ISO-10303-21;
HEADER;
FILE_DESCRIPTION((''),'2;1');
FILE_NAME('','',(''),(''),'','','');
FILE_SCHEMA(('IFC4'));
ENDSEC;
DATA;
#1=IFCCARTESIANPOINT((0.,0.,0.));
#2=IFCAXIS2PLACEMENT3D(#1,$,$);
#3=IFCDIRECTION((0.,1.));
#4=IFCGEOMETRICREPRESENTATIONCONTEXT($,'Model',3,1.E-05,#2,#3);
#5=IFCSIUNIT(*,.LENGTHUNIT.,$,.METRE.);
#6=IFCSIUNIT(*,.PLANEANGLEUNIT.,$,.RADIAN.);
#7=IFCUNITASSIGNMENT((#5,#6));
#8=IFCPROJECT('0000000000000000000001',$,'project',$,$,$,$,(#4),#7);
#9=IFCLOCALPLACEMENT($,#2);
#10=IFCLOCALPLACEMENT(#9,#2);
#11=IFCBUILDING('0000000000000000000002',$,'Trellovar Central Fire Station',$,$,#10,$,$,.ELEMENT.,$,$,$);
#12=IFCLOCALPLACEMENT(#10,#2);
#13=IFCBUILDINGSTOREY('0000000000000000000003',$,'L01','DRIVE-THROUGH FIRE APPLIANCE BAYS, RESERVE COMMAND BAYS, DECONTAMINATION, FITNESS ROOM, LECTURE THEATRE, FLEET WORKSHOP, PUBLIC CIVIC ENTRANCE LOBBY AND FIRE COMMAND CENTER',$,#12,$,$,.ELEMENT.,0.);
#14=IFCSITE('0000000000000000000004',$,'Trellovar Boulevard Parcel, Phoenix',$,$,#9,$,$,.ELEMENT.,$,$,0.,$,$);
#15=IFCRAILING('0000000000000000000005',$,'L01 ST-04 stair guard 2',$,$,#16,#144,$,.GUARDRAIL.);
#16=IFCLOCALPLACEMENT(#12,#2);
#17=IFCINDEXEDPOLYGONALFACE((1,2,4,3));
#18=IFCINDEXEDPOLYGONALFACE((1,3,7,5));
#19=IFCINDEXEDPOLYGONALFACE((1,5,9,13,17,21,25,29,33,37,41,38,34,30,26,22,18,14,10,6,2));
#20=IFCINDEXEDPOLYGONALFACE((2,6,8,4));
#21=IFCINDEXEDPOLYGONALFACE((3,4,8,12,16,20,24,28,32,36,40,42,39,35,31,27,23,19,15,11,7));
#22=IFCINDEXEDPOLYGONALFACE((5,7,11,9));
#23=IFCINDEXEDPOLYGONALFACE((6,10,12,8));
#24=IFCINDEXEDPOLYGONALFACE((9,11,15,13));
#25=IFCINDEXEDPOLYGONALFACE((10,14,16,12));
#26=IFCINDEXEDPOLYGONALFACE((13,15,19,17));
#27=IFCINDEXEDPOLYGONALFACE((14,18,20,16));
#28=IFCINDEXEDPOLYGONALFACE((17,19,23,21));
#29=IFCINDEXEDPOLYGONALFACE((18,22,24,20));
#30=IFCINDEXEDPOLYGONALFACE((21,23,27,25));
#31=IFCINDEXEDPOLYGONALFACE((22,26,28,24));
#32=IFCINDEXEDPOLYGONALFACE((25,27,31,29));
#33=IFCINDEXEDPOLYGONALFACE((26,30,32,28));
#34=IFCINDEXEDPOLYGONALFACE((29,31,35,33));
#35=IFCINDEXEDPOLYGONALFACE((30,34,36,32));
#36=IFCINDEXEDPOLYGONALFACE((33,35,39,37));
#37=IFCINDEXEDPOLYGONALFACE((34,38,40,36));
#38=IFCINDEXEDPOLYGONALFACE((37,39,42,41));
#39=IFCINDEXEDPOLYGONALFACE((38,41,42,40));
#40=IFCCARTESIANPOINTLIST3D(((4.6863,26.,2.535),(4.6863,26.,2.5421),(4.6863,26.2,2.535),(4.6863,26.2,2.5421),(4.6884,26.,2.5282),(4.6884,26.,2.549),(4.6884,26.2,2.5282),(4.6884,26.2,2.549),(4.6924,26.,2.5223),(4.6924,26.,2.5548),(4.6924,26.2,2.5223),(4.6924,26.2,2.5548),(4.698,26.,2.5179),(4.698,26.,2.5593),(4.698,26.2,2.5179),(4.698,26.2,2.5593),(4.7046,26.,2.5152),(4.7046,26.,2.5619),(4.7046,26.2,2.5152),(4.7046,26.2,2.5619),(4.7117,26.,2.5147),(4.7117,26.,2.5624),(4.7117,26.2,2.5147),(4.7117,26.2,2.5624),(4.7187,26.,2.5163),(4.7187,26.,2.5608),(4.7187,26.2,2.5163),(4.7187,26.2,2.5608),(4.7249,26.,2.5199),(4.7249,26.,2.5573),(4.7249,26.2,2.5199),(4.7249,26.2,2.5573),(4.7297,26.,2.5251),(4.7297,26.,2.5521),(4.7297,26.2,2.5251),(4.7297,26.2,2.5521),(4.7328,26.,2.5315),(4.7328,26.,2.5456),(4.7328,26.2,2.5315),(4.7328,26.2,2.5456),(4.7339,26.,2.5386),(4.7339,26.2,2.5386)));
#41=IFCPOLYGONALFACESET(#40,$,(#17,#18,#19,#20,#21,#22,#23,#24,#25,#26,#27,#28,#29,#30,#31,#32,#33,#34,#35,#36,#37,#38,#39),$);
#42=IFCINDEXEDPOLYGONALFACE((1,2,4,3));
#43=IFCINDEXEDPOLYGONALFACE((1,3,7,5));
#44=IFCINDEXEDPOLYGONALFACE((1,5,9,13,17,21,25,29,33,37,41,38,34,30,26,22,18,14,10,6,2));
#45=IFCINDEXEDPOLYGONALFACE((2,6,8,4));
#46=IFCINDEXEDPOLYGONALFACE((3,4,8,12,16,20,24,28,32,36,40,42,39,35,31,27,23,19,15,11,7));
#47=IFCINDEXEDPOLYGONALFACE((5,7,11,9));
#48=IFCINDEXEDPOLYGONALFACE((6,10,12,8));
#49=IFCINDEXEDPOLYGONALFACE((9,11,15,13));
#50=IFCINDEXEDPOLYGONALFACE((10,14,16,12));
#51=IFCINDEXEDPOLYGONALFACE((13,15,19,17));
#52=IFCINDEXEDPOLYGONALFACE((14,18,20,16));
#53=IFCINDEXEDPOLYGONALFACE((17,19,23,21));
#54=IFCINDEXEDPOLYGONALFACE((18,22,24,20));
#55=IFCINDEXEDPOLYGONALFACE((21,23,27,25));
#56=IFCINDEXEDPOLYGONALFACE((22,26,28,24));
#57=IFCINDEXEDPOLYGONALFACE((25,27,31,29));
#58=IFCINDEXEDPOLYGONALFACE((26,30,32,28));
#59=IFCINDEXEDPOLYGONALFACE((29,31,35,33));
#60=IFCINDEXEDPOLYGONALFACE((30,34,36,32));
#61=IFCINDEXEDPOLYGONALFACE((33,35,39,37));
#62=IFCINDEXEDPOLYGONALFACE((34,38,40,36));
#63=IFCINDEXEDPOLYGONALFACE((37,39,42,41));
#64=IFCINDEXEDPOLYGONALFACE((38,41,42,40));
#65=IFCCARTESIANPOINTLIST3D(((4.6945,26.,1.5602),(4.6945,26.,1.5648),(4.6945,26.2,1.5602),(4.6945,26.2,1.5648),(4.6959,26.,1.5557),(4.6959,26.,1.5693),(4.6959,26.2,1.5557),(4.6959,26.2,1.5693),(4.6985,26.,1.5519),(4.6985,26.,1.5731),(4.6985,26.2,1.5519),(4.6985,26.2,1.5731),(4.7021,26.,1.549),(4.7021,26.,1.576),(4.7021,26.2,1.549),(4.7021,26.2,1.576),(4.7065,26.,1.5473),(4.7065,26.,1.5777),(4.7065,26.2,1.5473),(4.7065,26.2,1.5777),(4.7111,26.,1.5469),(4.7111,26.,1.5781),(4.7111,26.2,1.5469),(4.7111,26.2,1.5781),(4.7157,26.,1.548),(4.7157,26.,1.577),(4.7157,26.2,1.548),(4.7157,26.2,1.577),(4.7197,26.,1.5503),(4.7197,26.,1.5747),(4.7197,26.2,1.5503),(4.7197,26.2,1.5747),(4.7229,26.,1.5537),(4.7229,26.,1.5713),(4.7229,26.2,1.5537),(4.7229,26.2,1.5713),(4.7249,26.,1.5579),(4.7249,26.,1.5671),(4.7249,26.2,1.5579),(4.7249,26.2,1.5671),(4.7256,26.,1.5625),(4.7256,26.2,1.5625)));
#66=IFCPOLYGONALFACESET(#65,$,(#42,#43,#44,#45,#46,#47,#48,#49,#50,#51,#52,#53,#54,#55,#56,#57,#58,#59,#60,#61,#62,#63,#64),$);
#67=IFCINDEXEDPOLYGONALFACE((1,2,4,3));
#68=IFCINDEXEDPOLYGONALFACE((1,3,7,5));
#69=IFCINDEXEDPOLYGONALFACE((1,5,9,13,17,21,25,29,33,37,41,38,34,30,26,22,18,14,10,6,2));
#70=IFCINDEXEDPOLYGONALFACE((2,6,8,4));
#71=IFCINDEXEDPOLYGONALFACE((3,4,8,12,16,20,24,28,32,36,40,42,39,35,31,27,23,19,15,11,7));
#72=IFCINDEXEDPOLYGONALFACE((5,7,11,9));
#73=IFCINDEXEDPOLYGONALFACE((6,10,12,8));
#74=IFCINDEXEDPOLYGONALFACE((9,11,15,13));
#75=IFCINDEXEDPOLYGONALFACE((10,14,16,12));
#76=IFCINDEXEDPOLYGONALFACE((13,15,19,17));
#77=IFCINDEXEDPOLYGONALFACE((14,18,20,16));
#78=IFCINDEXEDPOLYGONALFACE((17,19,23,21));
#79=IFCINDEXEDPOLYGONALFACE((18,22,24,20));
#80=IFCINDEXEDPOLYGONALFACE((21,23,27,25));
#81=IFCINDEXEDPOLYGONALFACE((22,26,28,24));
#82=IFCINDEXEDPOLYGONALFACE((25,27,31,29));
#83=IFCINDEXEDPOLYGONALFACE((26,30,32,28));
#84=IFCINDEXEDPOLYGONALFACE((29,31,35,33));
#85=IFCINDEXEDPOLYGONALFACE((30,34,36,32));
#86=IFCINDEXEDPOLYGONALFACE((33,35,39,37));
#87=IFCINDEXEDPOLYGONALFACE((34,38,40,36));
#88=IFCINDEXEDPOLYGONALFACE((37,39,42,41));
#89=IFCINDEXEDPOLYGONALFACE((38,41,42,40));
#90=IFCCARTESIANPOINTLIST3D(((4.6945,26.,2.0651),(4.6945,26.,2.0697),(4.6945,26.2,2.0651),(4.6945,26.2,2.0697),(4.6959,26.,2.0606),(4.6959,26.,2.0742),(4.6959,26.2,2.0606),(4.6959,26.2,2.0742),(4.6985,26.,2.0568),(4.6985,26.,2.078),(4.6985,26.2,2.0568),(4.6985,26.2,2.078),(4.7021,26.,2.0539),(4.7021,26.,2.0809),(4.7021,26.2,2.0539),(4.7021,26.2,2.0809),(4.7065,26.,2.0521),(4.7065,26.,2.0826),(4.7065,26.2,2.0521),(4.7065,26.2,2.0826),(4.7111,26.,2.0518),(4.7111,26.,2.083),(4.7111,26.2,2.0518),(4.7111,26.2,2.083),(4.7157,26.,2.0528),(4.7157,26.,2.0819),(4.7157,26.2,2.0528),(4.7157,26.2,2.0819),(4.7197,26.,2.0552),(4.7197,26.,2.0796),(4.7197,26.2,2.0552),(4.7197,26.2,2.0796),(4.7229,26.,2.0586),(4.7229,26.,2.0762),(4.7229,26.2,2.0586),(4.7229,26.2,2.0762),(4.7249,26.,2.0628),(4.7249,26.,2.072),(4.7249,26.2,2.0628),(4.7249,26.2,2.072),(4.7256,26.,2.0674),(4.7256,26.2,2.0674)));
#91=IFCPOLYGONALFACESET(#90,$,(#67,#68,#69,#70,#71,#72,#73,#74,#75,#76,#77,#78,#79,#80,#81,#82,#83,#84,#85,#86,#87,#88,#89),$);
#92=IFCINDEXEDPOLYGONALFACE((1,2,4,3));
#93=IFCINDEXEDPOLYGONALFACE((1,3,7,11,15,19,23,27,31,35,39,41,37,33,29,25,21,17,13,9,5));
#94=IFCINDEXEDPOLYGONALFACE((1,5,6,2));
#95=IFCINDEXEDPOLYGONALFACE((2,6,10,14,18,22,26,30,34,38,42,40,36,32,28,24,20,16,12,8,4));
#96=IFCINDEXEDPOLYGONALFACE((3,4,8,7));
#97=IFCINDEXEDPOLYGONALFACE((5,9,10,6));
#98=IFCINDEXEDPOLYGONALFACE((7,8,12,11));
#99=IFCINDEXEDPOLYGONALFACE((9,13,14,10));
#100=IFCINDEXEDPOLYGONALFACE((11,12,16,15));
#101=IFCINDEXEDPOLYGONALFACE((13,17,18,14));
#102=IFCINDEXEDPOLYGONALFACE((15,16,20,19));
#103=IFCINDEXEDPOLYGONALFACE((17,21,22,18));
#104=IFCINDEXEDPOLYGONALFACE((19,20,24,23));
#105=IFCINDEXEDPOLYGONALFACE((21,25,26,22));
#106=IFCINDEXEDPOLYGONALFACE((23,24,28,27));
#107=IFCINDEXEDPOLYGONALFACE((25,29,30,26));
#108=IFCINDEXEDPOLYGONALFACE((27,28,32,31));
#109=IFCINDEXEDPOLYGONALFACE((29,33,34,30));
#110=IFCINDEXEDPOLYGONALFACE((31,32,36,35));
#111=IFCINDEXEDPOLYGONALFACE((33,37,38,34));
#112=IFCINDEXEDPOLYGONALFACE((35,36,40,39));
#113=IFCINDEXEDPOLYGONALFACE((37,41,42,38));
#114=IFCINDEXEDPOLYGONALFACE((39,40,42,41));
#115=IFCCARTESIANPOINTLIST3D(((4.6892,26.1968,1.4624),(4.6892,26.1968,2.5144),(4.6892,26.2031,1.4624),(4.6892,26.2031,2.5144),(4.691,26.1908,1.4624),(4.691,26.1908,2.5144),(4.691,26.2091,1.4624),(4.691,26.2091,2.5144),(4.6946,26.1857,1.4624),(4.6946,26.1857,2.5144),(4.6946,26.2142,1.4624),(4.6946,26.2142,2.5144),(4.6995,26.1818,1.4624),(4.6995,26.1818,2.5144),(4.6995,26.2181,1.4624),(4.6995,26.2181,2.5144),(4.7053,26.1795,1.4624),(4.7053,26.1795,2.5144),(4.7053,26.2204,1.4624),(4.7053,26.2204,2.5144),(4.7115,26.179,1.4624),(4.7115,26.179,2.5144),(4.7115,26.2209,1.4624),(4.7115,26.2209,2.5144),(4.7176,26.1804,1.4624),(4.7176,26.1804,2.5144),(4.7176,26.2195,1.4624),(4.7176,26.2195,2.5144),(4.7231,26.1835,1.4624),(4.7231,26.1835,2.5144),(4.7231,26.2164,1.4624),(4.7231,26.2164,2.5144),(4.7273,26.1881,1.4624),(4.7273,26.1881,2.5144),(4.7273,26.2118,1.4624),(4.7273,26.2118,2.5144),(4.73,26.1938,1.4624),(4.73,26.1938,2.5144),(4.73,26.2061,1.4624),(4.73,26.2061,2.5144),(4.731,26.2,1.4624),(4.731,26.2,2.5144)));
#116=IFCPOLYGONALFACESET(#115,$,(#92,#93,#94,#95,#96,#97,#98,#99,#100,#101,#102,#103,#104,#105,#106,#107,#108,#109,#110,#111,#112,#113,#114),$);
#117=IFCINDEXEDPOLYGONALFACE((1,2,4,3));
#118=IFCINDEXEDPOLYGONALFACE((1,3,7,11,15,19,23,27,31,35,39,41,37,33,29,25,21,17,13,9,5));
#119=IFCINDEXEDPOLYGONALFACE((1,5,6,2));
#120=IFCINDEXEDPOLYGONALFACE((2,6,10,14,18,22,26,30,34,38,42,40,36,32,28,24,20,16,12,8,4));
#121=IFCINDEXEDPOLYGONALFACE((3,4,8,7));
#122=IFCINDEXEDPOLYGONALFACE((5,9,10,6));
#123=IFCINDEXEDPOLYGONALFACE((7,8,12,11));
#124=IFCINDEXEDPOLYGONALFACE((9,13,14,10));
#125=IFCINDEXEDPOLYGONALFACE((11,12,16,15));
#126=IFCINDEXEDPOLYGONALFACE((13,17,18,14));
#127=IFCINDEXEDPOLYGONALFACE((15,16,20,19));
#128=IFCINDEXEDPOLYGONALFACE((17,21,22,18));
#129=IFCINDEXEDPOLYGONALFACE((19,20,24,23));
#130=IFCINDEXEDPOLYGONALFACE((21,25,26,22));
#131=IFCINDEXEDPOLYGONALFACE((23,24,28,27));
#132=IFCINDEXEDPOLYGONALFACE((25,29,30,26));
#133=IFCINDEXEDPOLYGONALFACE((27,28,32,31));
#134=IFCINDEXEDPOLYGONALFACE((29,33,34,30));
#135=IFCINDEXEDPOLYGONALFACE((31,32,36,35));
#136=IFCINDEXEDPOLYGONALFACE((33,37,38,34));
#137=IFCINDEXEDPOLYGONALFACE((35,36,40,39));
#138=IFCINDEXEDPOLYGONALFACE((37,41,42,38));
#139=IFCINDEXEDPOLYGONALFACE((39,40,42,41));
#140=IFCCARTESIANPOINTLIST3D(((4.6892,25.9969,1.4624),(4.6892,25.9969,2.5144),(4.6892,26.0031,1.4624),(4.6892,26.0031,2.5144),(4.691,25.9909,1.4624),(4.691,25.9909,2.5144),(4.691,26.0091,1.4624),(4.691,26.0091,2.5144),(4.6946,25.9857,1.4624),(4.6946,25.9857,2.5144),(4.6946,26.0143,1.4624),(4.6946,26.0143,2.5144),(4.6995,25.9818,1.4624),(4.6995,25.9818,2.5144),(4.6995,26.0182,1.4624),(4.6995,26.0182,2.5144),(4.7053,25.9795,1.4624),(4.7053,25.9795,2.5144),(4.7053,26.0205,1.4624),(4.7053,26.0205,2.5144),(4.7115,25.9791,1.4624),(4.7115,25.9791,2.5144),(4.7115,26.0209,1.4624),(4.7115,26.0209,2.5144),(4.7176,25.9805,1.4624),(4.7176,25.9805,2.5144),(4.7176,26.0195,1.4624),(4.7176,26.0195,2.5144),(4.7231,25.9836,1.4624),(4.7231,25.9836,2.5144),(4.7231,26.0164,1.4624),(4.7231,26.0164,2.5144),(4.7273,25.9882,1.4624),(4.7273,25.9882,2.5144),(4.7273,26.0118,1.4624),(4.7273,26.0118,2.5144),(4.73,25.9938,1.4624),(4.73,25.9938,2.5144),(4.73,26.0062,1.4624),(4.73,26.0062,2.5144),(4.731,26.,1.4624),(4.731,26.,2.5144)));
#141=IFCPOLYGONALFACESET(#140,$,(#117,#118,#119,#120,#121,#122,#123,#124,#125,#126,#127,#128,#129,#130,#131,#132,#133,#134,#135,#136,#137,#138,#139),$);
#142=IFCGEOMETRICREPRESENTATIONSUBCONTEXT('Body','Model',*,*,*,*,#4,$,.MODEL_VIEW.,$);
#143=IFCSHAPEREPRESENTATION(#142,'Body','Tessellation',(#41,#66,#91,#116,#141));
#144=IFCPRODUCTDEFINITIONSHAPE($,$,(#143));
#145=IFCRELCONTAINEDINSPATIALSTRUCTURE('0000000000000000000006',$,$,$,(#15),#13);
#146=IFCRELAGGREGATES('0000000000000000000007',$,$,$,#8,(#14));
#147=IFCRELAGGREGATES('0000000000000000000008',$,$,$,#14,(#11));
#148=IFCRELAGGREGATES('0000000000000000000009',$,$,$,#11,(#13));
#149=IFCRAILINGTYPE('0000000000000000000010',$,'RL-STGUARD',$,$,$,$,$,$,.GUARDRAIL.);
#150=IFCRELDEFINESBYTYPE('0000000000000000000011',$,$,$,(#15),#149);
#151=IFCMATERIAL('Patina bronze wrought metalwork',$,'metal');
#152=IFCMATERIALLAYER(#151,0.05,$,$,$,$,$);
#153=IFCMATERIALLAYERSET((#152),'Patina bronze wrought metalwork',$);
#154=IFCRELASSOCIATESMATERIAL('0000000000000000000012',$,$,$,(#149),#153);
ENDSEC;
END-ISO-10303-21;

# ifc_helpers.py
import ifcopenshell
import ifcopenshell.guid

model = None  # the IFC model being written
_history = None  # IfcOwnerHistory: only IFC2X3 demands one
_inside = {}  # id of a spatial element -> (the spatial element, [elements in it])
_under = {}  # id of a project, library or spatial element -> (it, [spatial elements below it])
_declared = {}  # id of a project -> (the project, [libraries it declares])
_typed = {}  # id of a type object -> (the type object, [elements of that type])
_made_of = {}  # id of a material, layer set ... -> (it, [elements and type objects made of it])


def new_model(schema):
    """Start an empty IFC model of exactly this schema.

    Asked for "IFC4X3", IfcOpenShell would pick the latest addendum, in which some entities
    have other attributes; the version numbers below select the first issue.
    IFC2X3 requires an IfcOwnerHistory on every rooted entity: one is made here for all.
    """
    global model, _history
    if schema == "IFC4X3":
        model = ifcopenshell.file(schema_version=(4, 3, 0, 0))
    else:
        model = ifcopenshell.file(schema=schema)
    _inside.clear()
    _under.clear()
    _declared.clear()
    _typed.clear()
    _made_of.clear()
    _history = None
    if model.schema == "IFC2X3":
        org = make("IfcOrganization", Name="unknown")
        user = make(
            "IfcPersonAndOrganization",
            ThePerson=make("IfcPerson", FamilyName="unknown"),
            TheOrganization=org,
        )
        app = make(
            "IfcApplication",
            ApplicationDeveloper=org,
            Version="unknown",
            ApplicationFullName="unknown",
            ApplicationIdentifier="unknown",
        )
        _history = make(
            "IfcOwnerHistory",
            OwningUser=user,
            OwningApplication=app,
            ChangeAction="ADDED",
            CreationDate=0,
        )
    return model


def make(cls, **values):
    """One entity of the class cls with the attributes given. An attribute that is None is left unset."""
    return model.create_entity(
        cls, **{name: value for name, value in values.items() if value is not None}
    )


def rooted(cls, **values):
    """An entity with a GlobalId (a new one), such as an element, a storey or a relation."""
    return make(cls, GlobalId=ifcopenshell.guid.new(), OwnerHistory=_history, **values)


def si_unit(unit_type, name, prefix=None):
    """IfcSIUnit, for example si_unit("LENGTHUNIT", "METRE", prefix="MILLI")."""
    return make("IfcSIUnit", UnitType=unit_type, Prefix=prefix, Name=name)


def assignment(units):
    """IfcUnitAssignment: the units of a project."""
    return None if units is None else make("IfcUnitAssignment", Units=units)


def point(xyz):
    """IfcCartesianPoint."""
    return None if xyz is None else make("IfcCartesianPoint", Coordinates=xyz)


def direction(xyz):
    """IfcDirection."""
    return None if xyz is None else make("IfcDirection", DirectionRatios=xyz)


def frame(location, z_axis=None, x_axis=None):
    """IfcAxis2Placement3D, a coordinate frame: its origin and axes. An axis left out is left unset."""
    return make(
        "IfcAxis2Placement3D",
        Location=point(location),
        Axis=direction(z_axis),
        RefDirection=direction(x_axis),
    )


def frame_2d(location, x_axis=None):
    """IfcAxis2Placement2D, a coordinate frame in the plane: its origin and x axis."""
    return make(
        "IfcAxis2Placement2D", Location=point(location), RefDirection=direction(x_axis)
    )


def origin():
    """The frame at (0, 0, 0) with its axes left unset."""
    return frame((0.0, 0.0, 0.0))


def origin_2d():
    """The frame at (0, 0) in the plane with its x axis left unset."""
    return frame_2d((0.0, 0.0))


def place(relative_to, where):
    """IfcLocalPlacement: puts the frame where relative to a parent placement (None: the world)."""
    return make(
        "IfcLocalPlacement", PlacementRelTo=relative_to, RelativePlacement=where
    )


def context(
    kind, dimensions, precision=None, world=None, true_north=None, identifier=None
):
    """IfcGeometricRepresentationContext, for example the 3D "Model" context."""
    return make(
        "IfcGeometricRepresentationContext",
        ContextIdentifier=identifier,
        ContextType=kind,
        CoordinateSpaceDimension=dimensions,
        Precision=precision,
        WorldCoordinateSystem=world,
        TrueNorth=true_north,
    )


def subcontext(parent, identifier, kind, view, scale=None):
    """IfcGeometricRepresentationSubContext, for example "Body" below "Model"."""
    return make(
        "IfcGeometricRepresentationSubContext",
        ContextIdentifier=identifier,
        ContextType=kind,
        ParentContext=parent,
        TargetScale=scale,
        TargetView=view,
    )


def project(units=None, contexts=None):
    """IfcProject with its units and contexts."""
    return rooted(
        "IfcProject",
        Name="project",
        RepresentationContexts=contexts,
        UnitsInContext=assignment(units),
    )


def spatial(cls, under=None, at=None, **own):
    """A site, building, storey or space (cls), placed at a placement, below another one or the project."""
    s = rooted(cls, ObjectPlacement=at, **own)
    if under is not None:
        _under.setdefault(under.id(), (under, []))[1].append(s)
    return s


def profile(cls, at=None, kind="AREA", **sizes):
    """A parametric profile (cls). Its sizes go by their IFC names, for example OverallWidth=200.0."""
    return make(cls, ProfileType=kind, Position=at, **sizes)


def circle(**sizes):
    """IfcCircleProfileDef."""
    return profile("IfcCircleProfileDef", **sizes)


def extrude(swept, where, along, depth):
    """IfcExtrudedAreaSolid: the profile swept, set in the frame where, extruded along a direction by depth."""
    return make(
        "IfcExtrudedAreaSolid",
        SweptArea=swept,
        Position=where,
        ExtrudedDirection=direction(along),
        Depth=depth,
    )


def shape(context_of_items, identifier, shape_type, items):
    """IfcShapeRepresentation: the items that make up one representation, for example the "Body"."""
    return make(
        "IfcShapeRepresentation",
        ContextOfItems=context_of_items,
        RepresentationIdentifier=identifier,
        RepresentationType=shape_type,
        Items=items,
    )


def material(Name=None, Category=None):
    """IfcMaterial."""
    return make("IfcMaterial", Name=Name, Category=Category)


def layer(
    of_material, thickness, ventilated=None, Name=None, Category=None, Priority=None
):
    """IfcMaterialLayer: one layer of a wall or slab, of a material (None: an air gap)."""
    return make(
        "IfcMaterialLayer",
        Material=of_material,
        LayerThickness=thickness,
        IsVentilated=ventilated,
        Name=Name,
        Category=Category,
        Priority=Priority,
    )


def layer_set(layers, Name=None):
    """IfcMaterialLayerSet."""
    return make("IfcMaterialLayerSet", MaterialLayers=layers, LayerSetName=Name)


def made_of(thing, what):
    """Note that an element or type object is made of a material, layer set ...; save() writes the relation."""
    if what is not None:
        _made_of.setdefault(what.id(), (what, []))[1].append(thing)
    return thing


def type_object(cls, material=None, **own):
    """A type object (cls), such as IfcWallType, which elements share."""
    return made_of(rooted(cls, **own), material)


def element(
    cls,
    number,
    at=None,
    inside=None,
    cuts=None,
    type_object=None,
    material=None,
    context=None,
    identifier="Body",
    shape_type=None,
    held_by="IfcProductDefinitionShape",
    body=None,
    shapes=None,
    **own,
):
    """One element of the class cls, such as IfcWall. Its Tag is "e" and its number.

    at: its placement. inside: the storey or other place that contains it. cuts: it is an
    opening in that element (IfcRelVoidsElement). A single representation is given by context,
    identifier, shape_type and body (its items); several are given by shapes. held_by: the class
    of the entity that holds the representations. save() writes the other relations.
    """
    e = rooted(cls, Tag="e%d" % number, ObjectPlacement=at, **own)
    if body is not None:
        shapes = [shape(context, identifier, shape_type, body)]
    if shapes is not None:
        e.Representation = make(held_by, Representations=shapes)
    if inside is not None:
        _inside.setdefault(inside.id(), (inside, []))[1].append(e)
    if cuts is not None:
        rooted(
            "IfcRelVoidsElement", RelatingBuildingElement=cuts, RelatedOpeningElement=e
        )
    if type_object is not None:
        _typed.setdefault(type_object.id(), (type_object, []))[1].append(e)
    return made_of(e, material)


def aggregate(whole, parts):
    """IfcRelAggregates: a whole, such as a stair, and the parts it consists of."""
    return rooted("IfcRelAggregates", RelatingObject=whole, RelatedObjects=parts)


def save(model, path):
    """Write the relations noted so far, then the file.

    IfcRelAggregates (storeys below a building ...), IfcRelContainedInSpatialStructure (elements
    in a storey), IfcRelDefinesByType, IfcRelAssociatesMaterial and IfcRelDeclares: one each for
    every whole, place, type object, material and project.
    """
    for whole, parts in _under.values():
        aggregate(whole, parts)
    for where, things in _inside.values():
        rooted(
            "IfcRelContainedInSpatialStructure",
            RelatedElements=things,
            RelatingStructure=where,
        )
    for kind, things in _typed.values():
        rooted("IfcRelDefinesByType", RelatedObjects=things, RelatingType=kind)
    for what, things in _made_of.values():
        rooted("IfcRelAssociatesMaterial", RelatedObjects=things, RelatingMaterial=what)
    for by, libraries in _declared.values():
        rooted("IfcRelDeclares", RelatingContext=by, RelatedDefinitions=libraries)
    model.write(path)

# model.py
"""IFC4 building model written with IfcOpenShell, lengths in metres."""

from ifc_helpers import new_model, si_unit, direction, frame, origin, origin_2d, place, context, subcontext, project, spatial, circle, extrude, material, layer, layer_set, type_object, element, save


model = new_model("IFC4")

# Units and contexts
model_context = context("Model", 3, precision=1e-05, world=origin(), true_north=direction((0.0, 1.0)))
body_context = subcontext(model_context, "Body", "Model", "MODEL_VIEW")
ifc_project = project(units=[si_unit("LENGTHUNIT", "METRE"), si_unit("PLANEANGLEUNIT", "RADIAN")], contexts=[model_context])

# Site, building, storey
site_placement = place(None, origin())
site = spatial("IfcSite", under=ifc_project, at=site_placement, Name="Trellovar Boulevard Parcel, Phoenix", CompositionType="ELEMENT", RefElevation=0.0)
building_placement = place(site_placement, origin())
building = spatial("IfcBuilding", under=site, at=building_placement, Name="Trellovar Central Fire Station", CompositionType="ELEMENT")
storey_placement = place(building_placement, origin())
storey = spatial("IfcBuildingStorey", under=building, at=storey_placement, Name="L01", Description="DRIVE-THROUGH FIRE APPLIANCE BAYS, RESERVE COMMAND BAYS, DECONTAMINATION, FITNESS ROOM, LECTURE THEATRE, FLEET WORKSHOP, PUBLIC CIVIC ENTRANCE LOBBY AND FIRE COMMAND CENTER", CompositionType="ELEMENT", Elevation=0.0)

# Railing
ifc_material_1 = material(Name="Patina bronze wrought metalwork", Category="metal")
ifc_layer_1 = layer(ifc_material_1, 0.05)
ifc_layer_set_1 = layer_set([ifc_layer_1], Name="Patina bronze wrought metalwork")
railing_type_1 = type_object("IfcRailingType", Name="RL-STGUARD", PredefinedType="GUARDRAIL", material=ifc_layer_set_1)
railing_1_placement = place(storey_placement, frame((4.71, 26.2, 1.4624)))
element("IfcRailing", 1, at=railing_1_placement, inside=storey, type_object=railing_type_1, Name="L01 ST-04 stair guard 2", PredefinedType="GUARDRAIL", context=body_context, shape_type="SweptSolid", body=[
    extrude(circle(Radius=0.0239, at=origin_2d()), frame((0.0, 0.0, 1.0762), z_axis=(0.0, -1.0, 0.0), x_axis=(1.0, 0.0, 0.0)), (0.0, 0.0, 1.0), 0.2),
    extrude(circle(Radius=0.0156, at=origin_2d()), frame((0.0, 0.0, 0.1001), z_axis=(0.0, -1.0, 0.0), x_axis=(1.0, 0.0, 0.0)), (0.0, 0.0, 1.0), 0.2),
    extrude(circle(Radius=0.0156, at=origin_2d()), frame((0.0, 0.0, 0.605), z_axis=(0.0, -1.0, 0.0), x_axis=(1.0, 0.0, 0.0)), (0.0, 0.0, 1.0), 0.2),
    extrude(circle(Radius=0.021, at=origin_2d()), origin(), (0.0, 0.0, 1.0), 1.052),
    extrude(circle(Radius=0.021, at=origin_2d()), frame((0.0, -0.2, 0.0)), (0.0, 0.0, 1.0), 1.052),
])

save(model, "model.ifc")
